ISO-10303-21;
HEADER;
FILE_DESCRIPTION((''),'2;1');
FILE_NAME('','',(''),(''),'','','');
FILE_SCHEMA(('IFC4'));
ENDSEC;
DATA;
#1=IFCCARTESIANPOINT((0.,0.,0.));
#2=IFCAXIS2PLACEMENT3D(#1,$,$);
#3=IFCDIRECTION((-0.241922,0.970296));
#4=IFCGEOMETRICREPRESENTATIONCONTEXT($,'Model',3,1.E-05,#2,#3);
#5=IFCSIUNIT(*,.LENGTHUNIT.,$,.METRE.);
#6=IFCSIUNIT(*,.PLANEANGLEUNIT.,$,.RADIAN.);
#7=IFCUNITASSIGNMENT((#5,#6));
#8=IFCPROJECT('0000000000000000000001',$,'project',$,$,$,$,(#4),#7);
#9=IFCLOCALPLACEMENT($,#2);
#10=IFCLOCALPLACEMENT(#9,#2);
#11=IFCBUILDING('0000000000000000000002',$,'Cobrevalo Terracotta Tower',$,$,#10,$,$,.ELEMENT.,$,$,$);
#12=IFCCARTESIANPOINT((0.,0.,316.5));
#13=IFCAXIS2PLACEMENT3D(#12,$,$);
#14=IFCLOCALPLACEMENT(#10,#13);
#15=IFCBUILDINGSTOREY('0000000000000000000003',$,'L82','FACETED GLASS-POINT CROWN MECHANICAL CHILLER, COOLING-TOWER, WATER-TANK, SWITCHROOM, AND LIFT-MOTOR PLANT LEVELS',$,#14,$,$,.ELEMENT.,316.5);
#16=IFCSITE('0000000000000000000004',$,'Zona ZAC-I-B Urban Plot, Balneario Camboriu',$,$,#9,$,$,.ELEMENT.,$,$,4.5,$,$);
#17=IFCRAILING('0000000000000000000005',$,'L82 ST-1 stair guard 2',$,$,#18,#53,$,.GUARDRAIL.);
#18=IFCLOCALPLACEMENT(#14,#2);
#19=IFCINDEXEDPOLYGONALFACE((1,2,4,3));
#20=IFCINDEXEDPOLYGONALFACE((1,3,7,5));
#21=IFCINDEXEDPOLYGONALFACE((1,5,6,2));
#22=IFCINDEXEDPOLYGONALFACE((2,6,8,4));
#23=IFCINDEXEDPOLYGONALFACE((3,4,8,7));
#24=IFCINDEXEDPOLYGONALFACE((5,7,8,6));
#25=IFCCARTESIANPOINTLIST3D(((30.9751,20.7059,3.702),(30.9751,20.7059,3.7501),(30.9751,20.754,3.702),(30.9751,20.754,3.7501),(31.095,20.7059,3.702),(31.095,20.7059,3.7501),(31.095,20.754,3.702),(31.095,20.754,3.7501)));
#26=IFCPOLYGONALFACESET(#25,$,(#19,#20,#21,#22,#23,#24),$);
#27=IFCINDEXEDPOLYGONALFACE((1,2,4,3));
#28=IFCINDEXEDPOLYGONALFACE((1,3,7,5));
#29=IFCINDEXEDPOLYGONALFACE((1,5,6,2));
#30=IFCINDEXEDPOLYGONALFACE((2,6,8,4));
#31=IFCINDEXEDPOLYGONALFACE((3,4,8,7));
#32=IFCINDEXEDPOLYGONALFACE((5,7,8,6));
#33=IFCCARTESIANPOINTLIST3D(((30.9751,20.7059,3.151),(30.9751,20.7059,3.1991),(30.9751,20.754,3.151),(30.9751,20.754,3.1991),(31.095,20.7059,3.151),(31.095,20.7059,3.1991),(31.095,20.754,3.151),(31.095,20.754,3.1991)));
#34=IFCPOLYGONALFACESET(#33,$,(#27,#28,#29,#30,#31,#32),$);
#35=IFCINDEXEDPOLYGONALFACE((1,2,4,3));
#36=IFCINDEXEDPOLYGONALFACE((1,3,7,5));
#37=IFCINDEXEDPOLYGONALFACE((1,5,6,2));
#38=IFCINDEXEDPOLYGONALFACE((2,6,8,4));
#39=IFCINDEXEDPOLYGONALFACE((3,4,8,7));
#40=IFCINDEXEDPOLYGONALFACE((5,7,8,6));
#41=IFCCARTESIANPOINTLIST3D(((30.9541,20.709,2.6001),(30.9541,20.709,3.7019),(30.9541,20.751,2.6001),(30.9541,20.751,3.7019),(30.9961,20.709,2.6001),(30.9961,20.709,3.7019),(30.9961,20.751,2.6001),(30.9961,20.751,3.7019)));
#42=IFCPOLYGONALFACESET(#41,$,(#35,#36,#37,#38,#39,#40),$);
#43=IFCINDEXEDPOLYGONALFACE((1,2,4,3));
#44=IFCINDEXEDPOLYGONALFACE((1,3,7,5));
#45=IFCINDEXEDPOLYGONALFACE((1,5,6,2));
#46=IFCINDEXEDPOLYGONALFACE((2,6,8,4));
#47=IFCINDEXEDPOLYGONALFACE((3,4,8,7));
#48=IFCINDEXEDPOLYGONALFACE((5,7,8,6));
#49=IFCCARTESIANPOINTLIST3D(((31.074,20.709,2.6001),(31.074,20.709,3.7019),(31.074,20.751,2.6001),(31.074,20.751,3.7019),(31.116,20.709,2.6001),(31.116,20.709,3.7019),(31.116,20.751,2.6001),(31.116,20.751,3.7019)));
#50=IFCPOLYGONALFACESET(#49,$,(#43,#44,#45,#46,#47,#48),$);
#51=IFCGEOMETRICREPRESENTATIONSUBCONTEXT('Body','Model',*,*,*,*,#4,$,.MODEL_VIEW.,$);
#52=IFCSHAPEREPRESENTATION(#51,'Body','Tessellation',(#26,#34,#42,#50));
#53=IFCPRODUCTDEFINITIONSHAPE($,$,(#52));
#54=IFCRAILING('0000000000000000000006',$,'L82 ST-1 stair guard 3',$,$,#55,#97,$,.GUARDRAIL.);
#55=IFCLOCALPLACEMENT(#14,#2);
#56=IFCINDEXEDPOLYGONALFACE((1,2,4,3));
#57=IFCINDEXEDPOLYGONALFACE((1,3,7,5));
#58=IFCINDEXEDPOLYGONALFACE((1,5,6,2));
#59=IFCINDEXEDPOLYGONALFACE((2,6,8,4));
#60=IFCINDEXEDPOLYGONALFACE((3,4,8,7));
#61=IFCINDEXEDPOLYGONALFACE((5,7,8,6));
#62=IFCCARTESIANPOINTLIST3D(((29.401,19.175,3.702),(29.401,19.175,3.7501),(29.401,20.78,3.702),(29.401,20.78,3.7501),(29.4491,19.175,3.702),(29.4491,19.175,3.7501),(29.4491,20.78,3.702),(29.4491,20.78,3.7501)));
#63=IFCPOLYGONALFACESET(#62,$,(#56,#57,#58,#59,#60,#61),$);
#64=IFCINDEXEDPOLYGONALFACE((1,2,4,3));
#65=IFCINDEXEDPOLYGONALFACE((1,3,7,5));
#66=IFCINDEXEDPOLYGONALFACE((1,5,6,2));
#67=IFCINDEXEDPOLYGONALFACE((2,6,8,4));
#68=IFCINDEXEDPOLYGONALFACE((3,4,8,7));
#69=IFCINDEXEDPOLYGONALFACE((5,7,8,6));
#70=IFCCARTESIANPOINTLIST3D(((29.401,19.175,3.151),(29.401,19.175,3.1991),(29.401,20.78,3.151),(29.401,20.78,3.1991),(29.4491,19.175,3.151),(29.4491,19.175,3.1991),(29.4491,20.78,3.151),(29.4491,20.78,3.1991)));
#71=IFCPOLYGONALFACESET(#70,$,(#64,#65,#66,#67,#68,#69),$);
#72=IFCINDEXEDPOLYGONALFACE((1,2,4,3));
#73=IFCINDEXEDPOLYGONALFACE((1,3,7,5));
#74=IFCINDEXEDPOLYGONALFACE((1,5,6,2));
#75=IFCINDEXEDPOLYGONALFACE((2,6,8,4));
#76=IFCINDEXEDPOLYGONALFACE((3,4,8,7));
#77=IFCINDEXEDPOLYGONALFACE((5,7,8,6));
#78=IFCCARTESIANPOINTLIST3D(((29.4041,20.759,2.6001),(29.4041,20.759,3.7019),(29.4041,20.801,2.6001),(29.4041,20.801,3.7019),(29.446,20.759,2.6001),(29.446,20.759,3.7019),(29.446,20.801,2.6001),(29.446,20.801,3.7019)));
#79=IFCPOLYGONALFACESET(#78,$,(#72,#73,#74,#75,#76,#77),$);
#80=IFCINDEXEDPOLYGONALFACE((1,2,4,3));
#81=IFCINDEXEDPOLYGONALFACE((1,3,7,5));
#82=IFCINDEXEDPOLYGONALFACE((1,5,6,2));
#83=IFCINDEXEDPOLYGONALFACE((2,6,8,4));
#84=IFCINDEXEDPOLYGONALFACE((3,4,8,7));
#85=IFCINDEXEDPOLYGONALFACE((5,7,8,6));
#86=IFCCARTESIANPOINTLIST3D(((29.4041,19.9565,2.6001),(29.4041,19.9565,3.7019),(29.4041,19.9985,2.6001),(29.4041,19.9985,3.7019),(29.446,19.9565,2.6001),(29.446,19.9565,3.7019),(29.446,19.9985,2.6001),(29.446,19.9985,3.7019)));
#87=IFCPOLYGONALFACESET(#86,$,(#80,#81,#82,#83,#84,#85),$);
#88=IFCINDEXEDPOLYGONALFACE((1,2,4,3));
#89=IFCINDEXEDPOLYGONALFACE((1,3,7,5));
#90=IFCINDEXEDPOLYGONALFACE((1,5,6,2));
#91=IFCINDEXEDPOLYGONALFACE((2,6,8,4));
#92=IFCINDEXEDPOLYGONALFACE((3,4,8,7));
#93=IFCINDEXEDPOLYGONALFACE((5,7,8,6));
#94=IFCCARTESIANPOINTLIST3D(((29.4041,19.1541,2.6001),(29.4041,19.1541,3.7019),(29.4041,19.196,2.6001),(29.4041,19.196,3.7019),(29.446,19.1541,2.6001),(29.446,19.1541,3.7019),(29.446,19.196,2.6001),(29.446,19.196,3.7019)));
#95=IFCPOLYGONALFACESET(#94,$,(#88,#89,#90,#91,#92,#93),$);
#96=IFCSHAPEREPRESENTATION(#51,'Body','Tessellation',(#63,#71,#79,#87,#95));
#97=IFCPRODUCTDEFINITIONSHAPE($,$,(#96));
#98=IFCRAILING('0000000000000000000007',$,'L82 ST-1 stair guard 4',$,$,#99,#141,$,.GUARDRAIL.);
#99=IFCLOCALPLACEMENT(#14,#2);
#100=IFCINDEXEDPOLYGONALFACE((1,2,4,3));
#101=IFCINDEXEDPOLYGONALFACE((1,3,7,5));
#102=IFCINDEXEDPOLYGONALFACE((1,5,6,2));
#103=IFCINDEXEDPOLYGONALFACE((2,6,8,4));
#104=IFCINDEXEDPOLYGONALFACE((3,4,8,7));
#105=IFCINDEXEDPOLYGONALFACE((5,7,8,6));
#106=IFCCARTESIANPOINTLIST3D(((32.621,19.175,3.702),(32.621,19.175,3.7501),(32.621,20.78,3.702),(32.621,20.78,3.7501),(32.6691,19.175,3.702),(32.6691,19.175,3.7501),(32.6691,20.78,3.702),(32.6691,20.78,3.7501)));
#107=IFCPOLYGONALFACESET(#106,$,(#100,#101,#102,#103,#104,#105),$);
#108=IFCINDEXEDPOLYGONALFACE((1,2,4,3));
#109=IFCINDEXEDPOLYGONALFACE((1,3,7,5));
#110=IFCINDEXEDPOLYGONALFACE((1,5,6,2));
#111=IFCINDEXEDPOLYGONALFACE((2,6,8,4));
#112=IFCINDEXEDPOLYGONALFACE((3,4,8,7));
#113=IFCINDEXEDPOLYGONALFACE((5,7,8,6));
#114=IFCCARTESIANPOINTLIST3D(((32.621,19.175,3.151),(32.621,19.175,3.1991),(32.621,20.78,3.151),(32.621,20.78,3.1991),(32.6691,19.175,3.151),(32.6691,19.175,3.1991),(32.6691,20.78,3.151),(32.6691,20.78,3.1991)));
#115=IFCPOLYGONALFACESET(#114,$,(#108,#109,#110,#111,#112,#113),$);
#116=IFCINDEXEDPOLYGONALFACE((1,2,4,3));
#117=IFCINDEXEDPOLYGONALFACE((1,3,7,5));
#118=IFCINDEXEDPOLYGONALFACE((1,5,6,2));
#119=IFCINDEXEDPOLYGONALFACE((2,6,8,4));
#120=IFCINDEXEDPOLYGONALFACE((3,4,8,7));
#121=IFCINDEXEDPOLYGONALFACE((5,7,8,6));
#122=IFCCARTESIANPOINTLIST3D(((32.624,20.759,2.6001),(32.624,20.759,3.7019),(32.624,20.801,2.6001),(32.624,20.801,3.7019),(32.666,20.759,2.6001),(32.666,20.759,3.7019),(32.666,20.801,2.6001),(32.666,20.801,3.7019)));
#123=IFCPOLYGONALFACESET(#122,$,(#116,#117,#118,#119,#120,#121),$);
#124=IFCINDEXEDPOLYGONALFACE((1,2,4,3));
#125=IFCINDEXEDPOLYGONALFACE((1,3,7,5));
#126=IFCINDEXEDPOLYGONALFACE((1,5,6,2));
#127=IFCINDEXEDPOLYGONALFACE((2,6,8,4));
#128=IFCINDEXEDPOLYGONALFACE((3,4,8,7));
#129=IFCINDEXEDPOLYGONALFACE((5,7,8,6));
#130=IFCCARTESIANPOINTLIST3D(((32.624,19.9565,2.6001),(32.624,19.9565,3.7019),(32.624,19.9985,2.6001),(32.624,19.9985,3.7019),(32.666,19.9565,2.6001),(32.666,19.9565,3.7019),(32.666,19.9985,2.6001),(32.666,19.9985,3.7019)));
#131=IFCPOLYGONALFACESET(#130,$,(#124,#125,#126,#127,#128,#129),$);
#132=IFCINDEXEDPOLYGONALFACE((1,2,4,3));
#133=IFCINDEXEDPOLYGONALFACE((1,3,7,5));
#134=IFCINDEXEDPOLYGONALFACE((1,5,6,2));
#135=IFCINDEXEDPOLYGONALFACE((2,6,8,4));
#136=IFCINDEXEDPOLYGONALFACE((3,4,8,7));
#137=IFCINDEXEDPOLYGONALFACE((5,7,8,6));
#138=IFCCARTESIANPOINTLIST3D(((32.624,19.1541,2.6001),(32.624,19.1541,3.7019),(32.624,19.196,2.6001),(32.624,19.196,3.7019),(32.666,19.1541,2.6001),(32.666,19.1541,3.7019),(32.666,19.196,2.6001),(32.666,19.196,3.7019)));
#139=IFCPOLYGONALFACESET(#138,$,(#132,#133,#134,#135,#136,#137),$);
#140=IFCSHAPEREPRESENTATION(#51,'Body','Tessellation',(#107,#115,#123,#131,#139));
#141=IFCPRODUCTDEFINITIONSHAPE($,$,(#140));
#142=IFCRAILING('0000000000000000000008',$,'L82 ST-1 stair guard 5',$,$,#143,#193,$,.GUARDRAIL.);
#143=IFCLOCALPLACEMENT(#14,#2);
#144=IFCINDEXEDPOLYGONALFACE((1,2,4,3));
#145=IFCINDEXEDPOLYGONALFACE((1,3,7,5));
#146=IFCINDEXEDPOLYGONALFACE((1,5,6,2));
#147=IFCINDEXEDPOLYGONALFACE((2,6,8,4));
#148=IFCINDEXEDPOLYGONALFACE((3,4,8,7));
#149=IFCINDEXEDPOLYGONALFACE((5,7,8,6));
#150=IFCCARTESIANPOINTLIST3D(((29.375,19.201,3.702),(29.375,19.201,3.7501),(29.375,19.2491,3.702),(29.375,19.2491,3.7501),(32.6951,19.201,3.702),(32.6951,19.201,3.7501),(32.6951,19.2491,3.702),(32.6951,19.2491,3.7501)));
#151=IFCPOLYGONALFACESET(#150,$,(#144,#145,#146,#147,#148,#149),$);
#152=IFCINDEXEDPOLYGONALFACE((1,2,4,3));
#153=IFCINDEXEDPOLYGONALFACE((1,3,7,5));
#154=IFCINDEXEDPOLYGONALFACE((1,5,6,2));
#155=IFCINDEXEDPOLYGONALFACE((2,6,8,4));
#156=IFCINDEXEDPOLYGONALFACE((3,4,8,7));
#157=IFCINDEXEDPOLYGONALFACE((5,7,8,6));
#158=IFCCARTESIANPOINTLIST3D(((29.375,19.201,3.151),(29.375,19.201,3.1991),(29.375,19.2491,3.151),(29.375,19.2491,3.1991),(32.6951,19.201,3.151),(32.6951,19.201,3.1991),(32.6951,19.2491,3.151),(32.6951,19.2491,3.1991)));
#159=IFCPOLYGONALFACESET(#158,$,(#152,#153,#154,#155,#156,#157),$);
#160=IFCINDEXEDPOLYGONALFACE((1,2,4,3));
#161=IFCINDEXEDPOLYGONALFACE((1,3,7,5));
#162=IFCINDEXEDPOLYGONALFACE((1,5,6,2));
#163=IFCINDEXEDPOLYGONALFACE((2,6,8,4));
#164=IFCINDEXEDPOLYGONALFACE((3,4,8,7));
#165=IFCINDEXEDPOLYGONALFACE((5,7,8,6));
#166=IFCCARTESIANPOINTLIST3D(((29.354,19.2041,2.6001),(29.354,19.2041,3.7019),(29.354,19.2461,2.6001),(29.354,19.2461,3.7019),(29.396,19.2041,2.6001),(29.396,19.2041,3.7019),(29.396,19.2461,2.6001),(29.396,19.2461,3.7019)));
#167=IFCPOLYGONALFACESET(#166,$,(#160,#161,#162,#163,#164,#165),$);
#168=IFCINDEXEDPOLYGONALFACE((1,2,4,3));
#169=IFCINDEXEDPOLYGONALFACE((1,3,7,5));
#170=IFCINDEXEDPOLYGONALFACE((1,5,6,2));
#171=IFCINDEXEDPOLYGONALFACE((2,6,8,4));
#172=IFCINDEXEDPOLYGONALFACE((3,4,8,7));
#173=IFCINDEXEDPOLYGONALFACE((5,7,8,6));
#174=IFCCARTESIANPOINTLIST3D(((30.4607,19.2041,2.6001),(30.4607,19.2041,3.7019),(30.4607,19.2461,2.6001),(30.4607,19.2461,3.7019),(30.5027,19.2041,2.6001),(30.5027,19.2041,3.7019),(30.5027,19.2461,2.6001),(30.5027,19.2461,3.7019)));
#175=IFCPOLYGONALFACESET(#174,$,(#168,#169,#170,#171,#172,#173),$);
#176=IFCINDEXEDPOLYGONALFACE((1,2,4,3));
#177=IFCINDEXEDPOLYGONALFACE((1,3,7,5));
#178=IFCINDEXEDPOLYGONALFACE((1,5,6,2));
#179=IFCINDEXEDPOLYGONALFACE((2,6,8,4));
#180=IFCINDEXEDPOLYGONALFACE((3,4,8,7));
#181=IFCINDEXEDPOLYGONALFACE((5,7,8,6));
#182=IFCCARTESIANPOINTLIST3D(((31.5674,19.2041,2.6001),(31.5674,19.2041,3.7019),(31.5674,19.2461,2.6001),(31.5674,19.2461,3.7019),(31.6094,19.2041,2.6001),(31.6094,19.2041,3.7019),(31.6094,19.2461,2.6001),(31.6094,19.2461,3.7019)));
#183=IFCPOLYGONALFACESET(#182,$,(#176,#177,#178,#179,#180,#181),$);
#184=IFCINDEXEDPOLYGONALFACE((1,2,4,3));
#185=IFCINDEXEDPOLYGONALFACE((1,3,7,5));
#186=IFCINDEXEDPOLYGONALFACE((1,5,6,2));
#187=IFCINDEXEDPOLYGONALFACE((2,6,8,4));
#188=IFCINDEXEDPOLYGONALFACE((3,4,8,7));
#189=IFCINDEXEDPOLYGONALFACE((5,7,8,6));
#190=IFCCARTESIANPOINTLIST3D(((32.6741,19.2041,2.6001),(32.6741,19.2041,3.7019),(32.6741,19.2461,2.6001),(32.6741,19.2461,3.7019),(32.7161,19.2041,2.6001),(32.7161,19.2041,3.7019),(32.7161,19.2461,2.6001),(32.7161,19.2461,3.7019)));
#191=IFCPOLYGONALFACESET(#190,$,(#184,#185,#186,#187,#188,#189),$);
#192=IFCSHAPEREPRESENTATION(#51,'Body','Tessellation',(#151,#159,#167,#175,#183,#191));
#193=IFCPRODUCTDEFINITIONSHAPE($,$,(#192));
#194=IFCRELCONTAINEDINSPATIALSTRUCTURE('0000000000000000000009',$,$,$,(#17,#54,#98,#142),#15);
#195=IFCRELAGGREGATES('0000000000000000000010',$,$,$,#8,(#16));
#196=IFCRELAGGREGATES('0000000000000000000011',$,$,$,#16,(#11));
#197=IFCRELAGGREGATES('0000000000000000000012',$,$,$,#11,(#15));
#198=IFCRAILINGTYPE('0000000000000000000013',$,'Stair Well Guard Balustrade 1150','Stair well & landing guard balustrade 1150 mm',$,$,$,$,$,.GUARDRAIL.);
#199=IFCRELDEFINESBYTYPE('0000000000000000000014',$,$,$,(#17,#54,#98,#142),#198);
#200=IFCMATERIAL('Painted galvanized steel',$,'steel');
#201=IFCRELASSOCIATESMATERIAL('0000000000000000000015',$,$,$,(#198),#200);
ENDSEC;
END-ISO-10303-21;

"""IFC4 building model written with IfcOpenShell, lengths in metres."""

from ifc_helpers import new_model, si_unit, direction, frame, origin, origin_2d, place, context, subcontext, project, spatial, rectangle, extrude, material, type_object, element, save


model = new_model("IFC4")

# Units and contexts
model_context = context("Model", 3, precision=1e-05, world=origin(), true_north=direction((-0.241922, 0.970296)))
body_context = subcontext(model_context, "Body", "Model", "MODEL_VIEW")
ifc_project = project(units=[si_unit("LENGTHUNIT", "METRE"), si_unit("PLANEANGLEUNIT", "RADIAN")], contexts=[model_context])

# Site, building, storey
site_placement = place(None, origin())
site = spatial("IfcSite", under=ifc_project, at=site_placement, Name="Zona ZAC-I-B Urban Plot, Balneario Camboriu", CompositionType="ELEMENT", RefElevation=4.5)
building_placement = place(site_placement, origin())
building = spatial("IfcBuilding", under=site, at=building_placement, Name="Cobrevalo Terracotta Tower", CompositionType="ELEMENT")
storey_placement = place(building_placement, frame((0.0, 0.0, 316.5)))
storey = spatial("IfcBuildingStorey", under=building, at=storey_placement, Name="L82", Description="FACETED GLASS-POINT CROWN MECHANICAL CHILLER, COOLING-TOWER, WATER-TANK, SWITCHROOM, AND LIFT-MOTOR PLANT LEVELS", CompositionType="ELEMENT", Elevation=316.5)

# Railings
ifc_material_1 = material(Name="Painted galvanized steel", Category="steel")
railing_type_1 = type_object("IfcRailingType", Name="Stair Well Guard Balustrade 1150", Description="Stair well & landing guard balustrade 1150 mm", PredefinedType="GUARDRAIL", material=ifc_material_1)
railing_1_placement = place(storey_placement, frame((30.9751, 20.73, 2.6001)))
element("IfcRailing", 1, at=railing_1_placement, inside=storey, type_object=railing_type_1, Name="L82 ST-1 stair guard 2", PredefinedType="GUARDRAIL", context=body_context, shape_type="SweptSolid", body=[
    extrude(rectangle(XDim=0.0481, YDim=0.0481, at=origin_2d()), frame((0.0, 0.0, 1.126), z_axis=(1.0, 0.0, 0.0), x_axis=(0.0, 1.0, 0.0)), (0.0, 0.0, 1.0), 0.1199),
    extrude(rectangle(XDim=0.0481, YDim=0.0481, at=origin_2d()), frame((0.0, 0.0, 0.575), z_axis=(1.0, 0.0, 0.0), x_axis=(0.0, 1.0, 0.0)), (0.0, 0.0, 1.0), 0.1199),
    extrude(rectangle(XDim=0.042, YDim=0.042, at=origin_2d()), origin(), (0.0, 0.0, 1.0), 1.1018),
    extrude(rectangle(XDim=0.042, YDim=0.042, at=origin_2d()), frame((0.1199, 0.0, 0.0)), (0.0, 0.0, 1.0), 1.1018),
])
for number, where, name in (
    (2, (29.425, 20.78, 2.6001), "L82 ST-1 stair guard 3"),
    (3, (32.645, 20.78, 2.6001), "L82 ST-1 stair guard 4"),
):
    element("IfcRailing", number, at=place(storey_placement, frame(where)), inside=storey, type_object=railing_type_1, Name=name, PredefinedType="GUARDRAIL", context=body_context, shape_type="SweptSolid", body=[
        extrude(rectangle(XDim=0.0481, YDim=0.0481, at=origin_2d()), frame((0.0, 0.0, 1.126), z_axis=(0.0, -1.0, 0.0), x_axis=(1.0, 0.0, 0.0)), (0.0, 0.0, 1.0), 1.605),
        extrude(rectangle(XDim=0.0481, YDim=0.0481, at=origin_2d()), frame((0.0, 0.0, 0.575), z_axis=(0.0, -1.0, 0.0), x_axis=(1.0, 0.0, 0.0)), (0.0, 0.0, 1.0), 1.605),
        extrude(rectangle(XDim=0.042, YDim=0.042, at=origin_2d()), origin(), (0.0, 0.0, 1.0), 1.1018),
        extrude(rectangle(XDim=0.042, YDim=0.042, at=origin_2d()), frame((0.0, -0.8025, 0.0)), (0.0, 0.0, 1.0), 1.1018),
        extrude(rectangle(XDim=0.042, YDim=0.042, at=origin_2d()), frame((0.0, -1.605, 0.0)), (0.0, 0.0, 1.0), 1.1018),
    ])
railing_2_placement = place(storey_placement, frame((29.375, 19.2251, 2.6001)))
element("IfcRailing", 4, at=railing_2_placement, inside=storey, type_object=railing_type_1, Name="L82 ST-1 stair guard 5", PredefinedType="GUARDRAIL", context=body_context, shape_type="SweptSolid", body=[
    extrude(rectangle(XDim=0.0481, YDim=0.0481, at=origin_2d()), frame((0.0, 0.0, 1.126), z_axis=(1.0, 0.0, 0.0), x_axis=(0.0, 1.0, 0.0)), (0.0, 0.0, 1.0), 3.3201),
    extrude(rectangle(XDim=0.0481, YDim=0.0481, at=origin_2d()), frame((0.0, 0.0, 0.575), z_axis=(1.0, 0.0, 0.0), x_axis=(0.0, 1.0, 0.0)), (0.0, 0.0, 1.0), 3.3201),
    extrude(rectangle(XDim=0.042, YDim=0.042, at=origin_2d()), origin(), (0.0, 0.0, 1.0), 1.1018),
    extrude(rectangle(XDim=0.042, YDim=0.042, at=origin_2d()), frame((1.1067, 0.0, 0.0)), (0.0, 0.0, 1.0), 1.1018),
    extrude(rectangle(XDim=0.042, YDim=0.042, at=origin_2d()), frame((2.2134, 0.0, 0.0)), (0.0, 0.0, 1.0), 1.1018),
    extrude(rectangle(XDim=0.042, YDim=0.042, at=origin_2d()), frame((3.3201, 0.0, 0.0)), (0.0, 0.0, 1.0), 1.1018),
])

save(model, "model.ifc")
